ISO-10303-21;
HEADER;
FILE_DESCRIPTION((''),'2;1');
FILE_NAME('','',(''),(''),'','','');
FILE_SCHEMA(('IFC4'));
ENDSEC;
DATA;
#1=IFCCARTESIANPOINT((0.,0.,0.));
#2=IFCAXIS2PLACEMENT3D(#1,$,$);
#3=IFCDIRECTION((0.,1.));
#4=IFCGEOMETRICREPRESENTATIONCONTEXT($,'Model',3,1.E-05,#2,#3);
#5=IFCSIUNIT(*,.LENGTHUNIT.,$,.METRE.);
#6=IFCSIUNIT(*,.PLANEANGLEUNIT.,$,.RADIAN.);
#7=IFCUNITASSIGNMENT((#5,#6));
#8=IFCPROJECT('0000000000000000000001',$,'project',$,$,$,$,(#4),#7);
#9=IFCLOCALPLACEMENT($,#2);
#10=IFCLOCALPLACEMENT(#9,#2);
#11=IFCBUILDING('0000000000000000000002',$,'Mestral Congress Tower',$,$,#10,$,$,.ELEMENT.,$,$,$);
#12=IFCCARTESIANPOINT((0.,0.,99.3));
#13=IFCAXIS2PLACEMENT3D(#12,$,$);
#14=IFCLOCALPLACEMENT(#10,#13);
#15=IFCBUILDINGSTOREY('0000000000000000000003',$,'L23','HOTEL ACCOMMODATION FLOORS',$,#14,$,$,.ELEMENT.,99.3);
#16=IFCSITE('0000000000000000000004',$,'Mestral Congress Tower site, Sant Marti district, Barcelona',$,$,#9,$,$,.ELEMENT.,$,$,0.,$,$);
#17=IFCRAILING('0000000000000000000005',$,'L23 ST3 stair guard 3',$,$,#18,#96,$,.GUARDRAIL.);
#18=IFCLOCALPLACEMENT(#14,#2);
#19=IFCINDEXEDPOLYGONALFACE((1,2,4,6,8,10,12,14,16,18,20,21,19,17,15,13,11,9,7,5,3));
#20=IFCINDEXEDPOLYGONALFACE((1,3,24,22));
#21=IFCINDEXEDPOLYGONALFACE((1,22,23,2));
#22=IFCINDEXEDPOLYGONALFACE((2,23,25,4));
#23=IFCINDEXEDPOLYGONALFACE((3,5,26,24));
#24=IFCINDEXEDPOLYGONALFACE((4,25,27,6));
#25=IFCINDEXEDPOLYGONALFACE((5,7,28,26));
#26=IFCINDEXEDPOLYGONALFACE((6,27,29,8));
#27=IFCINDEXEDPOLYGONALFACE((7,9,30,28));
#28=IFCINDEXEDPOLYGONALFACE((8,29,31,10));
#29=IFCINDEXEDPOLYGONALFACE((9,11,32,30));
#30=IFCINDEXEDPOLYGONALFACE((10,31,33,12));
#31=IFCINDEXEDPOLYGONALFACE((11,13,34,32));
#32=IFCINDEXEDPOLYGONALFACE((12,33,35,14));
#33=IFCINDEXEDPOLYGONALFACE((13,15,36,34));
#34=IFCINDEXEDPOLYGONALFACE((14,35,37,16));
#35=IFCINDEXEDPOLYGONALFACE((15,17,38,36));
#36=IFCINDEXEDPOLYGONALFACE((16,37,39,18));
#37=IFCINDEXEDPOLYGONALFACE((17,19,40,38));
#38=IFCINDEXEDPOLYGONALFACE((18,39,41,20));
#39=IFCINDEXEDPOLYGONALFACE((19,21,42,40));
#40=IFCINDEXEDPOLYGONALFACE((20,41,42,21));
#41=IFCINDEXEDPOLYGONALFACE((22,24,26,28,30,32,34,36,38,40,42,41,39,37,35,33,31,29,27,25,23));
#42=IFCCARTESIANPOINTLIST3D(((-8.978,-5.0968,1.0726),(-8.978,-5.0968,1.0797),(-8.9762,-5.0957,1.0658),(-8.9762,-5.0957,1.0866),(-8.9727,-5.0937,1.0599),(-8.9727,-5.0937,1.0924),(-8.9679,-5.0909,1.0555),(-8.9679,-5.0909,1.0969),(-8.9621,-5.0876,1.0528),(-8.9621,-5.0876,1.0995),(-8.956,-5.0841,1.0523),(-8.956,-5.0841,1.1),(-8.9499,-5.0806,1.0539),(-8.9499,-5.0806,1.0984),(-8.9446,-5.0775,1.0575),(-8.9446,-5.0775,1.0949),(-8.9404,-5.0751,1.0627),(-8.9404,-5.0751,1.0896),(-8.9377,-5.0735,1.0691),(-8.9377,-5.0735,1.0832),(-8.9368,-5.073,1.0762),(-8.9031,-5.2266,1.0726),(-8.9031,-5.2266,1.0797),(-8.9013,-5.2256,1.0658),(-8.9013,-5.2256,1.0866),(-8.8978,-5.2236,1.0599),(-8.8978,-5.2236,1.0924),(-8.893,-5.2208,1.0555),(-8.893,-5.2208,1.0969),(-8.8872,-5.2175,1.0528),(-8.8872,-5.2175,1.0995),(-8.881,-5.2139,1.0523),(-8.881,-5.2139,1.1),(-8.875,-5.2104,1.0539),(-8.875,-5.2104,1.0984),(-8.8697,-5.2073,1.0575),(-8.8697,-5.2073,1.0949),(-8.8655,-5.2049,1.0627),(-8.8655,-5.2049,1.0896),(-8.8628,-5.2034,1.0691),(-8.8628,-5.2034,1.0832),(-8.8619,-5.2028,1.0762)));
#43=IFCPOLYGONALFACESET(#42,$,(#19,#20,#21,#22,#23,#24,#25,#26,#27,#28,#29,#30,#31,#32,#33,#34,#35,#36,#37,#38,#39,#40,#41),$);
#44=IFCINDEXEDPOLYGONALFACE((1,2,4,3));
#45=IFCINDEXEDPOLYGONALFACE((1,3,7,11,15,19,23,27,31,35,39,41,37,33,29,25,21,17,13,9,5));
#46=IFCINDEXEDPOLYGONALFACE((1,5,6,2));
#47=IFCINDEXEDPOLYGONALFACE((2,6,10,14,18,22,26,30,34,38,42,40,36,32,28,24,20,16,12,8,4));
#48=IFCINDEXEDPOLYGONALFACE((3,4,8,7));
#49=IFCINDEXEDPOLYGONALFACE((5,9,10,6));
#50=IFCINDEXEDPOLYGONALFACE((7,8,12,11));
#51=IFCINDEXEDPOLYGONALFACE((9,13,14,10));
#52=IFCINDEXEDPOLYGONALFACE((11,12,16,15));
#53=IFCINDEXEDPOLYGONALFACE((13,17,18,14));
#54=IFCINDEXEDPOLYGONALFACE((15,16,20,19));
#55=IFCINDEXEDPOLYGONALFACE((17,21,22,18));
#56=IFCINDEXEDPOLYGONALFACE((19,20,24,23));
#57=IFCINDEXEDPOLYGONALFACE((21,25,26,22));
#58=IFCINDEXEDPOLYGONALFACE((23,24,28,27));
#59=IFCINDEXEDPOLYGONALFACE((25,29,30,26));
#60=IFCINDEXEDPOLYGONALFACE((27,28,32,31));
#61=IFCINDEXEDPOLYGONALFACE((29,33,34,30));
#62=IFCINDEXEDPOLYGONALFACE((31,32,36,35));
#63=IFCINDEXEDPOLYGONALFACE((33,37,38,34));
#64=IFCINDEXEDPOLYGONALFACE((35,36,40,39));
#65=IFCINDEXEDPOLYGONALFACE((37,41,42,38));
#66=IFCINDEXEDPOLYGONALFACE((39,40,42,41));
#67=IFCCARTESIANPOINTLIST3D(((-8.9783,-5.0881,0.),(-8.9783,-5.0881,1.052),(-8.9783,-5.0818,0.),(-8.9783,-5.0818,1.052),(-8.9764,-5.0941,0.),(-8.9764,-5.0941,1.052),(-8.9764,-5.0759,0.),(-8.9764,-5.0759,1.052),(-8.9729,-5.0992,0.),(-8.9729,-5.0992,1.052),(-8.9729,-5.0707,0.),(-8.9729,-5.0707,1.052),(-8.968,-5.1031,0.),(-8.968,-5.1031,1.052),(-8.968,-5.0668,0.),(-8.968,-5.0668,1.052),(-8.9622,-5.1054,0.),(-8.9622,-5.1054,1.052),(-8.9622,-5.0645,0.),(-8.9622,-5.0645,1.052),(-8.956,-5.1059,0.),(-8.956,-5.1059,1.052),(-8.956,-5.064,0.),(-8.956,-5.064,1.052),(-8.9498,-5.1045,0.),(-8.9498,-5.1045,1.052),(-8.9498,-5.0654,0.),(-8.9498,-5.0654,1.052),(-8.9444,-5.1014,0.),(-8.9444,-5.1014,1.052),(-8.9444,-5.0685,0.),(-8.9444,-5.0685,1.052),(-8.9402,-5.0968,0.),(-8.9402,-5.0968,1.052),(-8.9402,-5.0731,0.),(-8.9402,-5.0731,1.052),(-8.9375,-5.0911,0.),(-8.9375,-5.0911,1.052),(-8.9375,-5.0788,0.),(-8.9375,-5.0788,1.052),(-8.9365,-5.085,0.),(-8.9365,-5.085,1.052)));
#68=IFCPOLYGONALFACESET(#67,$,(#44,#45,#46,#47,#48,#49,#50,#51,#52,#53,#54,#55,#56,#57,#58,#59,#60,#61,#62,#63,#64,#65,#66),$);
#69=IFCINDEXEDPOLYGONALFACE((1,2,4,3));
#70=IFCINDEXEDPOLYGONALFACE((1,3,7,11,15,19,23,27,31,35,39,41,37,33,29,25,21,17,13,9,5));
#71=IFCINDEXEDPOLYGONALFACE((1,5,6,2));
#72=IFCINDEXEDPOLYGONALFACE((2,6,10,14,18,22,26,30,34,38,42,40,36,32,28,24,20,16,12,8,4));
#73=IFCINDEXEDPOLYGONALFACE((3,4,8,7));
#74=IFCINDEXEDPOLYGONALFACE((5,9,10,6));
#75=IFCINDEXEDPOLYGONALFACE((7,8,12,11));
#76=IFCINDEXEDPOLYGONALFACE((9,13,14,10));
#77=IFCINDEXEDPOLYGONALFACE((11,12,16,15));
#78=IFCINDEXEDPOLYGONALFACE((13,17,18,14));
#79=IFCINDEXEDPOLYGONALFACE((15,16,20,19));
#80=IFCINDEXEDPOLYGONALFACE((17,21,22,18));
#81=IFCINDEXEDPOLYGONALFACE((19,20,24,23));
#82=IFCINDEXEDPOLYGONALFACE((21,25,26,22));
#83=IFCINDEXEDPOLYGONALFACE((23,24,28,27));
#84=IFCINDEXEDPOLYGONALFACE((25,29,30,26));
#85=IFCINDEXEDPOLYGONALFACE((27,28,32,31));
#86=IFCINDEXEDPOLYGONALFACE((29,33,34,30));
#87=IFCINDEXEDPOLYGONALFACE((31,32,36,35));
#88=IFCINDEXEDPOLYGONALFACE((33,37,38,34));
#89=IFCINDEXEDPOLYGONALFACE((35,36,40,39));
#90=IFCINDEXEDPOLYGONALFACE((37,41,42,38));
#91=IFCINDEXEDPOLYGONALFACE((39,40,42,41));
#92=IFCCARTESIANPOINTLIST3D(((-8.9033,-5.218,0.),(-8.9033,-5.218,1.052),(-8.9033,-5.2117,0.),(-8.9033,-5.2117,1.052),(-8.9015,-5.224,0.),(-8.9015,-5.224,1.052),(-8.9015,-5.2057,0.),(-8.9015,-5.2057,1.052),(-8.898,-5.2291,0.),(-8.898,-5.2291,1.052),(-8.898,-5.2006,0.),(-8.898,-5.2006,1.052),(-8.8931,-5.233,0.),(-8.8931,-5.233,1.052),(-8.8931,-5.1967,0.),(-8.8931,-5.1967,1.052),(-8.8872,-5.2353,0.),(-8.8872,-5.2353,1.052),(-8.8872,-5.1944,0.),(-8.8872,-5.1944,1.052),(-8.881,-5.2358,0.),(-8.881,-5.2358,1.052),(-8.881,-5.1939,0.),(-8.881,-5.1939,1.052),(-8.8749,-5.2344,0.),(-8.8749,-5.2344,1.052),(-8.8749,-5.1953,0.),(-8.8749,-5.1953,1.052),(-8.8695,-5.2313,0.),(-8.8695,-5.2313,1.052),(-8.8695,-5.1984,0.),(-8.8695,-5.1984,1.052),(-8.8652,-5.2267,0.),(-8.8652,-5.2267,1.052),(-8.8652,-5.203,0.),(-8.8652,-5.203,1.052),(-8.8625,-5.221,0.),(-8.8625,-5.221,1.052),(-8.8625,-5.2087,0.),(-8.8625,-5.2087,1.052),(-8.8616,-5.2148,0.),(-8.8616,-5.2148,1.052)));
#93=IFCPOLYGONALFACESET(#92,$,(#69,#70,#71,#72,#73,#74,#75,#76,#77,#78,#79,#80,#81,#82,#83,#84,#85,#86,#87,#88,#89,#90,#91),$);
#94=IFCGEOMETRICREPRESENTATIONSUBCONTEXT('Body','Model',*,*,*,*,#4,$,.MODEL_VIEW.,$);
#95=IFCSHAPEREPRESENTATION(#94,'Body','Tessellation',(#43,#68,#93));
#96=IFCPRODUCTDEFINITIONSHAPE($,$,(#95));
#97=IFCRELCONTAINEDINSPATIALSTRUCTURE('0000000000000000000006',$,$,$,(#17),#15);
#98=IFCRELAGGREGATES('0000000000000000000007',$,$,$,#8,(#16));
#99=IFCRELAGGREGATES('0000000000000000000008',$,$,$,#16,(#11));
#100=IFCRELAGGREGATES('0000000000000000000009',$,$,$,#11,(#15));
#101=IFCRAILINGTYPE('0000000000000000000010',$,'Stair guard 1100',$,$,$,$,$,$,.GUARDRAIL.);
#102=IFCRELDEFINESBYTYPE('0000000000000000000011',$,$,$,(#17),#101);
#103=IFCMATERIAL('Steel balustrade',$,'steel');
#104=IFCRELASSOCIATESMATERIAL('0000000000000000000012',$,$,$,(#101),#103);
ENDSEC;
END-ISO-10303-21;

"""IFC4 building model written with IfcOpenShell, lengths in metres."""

from ifc_helpers import new_model, si_unit, direction, frame, origin, origin_2d, place, context, subcontext, project, spatial, circle, extrude, material, type_object, element, save


model = new_model("IFC4")

# Units and contexts
model_context = context("Model", 3, precision=1e-05, world=origin(), true_north=direction((0.0, 1.0)))
body_context = subcontext(model_context, "Body", "Model", "MODEL_VIEW")
ifc_project = project(units=[si_unit("LENGTHUNIT", "METRE"), si_unit("PLANEANGLEUNIT", "RADIAN")], contexts=[model_context])

# Site, building, storey
site_placement = place(None, origin())
site = spatial("IfcSite", under=ifc_project, at=site_placement, Name="Mestral Congress Tower site, Sant Marti district, Barcelona", CompositionType="ELEMENT", RefElevation=0.0)
building_placement = place(site_placement, origin())
building = spatial("IfcBuilding", under=site, at=building_placement, Name="Mestral Congress Tower", CompositionType="ELEMENT")
storey_placement = place(building_placement, frame((0.0, 0.0, 99.3)))
storey = spatial("IfcBuildingStorey", under=building, at=storey_placement, Name="L23", Description="HOTEL ACCOMMODATION FLOORS", CompositionType="ELEMENT", Elevation=99.3)

# Railing
ifc_material_1 = material(Name="Steel balustrade", Category="steel")
railing_type_1 = type_object("IfcRailingType", Name="Stair guard 1100", PredefinedType="GUARDRAIL", material=ifc_material_1)
railing_1_placement = place(storey_placement, frame((-8.9575, -5.085, 0.0)))
element("IfcRailing", 1, at=railing_1_placement, inside=storey, type_object=railing_type_1, Name="L23 ST3 stair guard 3", PredefinedType="GUARDRAIL", context=body_context, shape_type="SweptSolid", body=[
    extrude(circle(Radius=0.0239, at=origin_2d()), frame((0.0, 0.0, 1.0762), z_axis=(0.499816, -0.866131, 0.0), x_axis=(0.866131, 0.499816, 0.0)), (0.0, 0.0, 1.0), 0.1499),
    extrude(circle(Radius=0.021, at=origin_2d()), origin(), (0.0, 0.0, 1.0), 1.052),
    extrude(circle(Radius=0.021, at=origin_2d()), frame((0.075, -0.1299, 0.0)), (0.0, 0.0, 1.0), 1.052),
])

save(model, "model.ifc")
